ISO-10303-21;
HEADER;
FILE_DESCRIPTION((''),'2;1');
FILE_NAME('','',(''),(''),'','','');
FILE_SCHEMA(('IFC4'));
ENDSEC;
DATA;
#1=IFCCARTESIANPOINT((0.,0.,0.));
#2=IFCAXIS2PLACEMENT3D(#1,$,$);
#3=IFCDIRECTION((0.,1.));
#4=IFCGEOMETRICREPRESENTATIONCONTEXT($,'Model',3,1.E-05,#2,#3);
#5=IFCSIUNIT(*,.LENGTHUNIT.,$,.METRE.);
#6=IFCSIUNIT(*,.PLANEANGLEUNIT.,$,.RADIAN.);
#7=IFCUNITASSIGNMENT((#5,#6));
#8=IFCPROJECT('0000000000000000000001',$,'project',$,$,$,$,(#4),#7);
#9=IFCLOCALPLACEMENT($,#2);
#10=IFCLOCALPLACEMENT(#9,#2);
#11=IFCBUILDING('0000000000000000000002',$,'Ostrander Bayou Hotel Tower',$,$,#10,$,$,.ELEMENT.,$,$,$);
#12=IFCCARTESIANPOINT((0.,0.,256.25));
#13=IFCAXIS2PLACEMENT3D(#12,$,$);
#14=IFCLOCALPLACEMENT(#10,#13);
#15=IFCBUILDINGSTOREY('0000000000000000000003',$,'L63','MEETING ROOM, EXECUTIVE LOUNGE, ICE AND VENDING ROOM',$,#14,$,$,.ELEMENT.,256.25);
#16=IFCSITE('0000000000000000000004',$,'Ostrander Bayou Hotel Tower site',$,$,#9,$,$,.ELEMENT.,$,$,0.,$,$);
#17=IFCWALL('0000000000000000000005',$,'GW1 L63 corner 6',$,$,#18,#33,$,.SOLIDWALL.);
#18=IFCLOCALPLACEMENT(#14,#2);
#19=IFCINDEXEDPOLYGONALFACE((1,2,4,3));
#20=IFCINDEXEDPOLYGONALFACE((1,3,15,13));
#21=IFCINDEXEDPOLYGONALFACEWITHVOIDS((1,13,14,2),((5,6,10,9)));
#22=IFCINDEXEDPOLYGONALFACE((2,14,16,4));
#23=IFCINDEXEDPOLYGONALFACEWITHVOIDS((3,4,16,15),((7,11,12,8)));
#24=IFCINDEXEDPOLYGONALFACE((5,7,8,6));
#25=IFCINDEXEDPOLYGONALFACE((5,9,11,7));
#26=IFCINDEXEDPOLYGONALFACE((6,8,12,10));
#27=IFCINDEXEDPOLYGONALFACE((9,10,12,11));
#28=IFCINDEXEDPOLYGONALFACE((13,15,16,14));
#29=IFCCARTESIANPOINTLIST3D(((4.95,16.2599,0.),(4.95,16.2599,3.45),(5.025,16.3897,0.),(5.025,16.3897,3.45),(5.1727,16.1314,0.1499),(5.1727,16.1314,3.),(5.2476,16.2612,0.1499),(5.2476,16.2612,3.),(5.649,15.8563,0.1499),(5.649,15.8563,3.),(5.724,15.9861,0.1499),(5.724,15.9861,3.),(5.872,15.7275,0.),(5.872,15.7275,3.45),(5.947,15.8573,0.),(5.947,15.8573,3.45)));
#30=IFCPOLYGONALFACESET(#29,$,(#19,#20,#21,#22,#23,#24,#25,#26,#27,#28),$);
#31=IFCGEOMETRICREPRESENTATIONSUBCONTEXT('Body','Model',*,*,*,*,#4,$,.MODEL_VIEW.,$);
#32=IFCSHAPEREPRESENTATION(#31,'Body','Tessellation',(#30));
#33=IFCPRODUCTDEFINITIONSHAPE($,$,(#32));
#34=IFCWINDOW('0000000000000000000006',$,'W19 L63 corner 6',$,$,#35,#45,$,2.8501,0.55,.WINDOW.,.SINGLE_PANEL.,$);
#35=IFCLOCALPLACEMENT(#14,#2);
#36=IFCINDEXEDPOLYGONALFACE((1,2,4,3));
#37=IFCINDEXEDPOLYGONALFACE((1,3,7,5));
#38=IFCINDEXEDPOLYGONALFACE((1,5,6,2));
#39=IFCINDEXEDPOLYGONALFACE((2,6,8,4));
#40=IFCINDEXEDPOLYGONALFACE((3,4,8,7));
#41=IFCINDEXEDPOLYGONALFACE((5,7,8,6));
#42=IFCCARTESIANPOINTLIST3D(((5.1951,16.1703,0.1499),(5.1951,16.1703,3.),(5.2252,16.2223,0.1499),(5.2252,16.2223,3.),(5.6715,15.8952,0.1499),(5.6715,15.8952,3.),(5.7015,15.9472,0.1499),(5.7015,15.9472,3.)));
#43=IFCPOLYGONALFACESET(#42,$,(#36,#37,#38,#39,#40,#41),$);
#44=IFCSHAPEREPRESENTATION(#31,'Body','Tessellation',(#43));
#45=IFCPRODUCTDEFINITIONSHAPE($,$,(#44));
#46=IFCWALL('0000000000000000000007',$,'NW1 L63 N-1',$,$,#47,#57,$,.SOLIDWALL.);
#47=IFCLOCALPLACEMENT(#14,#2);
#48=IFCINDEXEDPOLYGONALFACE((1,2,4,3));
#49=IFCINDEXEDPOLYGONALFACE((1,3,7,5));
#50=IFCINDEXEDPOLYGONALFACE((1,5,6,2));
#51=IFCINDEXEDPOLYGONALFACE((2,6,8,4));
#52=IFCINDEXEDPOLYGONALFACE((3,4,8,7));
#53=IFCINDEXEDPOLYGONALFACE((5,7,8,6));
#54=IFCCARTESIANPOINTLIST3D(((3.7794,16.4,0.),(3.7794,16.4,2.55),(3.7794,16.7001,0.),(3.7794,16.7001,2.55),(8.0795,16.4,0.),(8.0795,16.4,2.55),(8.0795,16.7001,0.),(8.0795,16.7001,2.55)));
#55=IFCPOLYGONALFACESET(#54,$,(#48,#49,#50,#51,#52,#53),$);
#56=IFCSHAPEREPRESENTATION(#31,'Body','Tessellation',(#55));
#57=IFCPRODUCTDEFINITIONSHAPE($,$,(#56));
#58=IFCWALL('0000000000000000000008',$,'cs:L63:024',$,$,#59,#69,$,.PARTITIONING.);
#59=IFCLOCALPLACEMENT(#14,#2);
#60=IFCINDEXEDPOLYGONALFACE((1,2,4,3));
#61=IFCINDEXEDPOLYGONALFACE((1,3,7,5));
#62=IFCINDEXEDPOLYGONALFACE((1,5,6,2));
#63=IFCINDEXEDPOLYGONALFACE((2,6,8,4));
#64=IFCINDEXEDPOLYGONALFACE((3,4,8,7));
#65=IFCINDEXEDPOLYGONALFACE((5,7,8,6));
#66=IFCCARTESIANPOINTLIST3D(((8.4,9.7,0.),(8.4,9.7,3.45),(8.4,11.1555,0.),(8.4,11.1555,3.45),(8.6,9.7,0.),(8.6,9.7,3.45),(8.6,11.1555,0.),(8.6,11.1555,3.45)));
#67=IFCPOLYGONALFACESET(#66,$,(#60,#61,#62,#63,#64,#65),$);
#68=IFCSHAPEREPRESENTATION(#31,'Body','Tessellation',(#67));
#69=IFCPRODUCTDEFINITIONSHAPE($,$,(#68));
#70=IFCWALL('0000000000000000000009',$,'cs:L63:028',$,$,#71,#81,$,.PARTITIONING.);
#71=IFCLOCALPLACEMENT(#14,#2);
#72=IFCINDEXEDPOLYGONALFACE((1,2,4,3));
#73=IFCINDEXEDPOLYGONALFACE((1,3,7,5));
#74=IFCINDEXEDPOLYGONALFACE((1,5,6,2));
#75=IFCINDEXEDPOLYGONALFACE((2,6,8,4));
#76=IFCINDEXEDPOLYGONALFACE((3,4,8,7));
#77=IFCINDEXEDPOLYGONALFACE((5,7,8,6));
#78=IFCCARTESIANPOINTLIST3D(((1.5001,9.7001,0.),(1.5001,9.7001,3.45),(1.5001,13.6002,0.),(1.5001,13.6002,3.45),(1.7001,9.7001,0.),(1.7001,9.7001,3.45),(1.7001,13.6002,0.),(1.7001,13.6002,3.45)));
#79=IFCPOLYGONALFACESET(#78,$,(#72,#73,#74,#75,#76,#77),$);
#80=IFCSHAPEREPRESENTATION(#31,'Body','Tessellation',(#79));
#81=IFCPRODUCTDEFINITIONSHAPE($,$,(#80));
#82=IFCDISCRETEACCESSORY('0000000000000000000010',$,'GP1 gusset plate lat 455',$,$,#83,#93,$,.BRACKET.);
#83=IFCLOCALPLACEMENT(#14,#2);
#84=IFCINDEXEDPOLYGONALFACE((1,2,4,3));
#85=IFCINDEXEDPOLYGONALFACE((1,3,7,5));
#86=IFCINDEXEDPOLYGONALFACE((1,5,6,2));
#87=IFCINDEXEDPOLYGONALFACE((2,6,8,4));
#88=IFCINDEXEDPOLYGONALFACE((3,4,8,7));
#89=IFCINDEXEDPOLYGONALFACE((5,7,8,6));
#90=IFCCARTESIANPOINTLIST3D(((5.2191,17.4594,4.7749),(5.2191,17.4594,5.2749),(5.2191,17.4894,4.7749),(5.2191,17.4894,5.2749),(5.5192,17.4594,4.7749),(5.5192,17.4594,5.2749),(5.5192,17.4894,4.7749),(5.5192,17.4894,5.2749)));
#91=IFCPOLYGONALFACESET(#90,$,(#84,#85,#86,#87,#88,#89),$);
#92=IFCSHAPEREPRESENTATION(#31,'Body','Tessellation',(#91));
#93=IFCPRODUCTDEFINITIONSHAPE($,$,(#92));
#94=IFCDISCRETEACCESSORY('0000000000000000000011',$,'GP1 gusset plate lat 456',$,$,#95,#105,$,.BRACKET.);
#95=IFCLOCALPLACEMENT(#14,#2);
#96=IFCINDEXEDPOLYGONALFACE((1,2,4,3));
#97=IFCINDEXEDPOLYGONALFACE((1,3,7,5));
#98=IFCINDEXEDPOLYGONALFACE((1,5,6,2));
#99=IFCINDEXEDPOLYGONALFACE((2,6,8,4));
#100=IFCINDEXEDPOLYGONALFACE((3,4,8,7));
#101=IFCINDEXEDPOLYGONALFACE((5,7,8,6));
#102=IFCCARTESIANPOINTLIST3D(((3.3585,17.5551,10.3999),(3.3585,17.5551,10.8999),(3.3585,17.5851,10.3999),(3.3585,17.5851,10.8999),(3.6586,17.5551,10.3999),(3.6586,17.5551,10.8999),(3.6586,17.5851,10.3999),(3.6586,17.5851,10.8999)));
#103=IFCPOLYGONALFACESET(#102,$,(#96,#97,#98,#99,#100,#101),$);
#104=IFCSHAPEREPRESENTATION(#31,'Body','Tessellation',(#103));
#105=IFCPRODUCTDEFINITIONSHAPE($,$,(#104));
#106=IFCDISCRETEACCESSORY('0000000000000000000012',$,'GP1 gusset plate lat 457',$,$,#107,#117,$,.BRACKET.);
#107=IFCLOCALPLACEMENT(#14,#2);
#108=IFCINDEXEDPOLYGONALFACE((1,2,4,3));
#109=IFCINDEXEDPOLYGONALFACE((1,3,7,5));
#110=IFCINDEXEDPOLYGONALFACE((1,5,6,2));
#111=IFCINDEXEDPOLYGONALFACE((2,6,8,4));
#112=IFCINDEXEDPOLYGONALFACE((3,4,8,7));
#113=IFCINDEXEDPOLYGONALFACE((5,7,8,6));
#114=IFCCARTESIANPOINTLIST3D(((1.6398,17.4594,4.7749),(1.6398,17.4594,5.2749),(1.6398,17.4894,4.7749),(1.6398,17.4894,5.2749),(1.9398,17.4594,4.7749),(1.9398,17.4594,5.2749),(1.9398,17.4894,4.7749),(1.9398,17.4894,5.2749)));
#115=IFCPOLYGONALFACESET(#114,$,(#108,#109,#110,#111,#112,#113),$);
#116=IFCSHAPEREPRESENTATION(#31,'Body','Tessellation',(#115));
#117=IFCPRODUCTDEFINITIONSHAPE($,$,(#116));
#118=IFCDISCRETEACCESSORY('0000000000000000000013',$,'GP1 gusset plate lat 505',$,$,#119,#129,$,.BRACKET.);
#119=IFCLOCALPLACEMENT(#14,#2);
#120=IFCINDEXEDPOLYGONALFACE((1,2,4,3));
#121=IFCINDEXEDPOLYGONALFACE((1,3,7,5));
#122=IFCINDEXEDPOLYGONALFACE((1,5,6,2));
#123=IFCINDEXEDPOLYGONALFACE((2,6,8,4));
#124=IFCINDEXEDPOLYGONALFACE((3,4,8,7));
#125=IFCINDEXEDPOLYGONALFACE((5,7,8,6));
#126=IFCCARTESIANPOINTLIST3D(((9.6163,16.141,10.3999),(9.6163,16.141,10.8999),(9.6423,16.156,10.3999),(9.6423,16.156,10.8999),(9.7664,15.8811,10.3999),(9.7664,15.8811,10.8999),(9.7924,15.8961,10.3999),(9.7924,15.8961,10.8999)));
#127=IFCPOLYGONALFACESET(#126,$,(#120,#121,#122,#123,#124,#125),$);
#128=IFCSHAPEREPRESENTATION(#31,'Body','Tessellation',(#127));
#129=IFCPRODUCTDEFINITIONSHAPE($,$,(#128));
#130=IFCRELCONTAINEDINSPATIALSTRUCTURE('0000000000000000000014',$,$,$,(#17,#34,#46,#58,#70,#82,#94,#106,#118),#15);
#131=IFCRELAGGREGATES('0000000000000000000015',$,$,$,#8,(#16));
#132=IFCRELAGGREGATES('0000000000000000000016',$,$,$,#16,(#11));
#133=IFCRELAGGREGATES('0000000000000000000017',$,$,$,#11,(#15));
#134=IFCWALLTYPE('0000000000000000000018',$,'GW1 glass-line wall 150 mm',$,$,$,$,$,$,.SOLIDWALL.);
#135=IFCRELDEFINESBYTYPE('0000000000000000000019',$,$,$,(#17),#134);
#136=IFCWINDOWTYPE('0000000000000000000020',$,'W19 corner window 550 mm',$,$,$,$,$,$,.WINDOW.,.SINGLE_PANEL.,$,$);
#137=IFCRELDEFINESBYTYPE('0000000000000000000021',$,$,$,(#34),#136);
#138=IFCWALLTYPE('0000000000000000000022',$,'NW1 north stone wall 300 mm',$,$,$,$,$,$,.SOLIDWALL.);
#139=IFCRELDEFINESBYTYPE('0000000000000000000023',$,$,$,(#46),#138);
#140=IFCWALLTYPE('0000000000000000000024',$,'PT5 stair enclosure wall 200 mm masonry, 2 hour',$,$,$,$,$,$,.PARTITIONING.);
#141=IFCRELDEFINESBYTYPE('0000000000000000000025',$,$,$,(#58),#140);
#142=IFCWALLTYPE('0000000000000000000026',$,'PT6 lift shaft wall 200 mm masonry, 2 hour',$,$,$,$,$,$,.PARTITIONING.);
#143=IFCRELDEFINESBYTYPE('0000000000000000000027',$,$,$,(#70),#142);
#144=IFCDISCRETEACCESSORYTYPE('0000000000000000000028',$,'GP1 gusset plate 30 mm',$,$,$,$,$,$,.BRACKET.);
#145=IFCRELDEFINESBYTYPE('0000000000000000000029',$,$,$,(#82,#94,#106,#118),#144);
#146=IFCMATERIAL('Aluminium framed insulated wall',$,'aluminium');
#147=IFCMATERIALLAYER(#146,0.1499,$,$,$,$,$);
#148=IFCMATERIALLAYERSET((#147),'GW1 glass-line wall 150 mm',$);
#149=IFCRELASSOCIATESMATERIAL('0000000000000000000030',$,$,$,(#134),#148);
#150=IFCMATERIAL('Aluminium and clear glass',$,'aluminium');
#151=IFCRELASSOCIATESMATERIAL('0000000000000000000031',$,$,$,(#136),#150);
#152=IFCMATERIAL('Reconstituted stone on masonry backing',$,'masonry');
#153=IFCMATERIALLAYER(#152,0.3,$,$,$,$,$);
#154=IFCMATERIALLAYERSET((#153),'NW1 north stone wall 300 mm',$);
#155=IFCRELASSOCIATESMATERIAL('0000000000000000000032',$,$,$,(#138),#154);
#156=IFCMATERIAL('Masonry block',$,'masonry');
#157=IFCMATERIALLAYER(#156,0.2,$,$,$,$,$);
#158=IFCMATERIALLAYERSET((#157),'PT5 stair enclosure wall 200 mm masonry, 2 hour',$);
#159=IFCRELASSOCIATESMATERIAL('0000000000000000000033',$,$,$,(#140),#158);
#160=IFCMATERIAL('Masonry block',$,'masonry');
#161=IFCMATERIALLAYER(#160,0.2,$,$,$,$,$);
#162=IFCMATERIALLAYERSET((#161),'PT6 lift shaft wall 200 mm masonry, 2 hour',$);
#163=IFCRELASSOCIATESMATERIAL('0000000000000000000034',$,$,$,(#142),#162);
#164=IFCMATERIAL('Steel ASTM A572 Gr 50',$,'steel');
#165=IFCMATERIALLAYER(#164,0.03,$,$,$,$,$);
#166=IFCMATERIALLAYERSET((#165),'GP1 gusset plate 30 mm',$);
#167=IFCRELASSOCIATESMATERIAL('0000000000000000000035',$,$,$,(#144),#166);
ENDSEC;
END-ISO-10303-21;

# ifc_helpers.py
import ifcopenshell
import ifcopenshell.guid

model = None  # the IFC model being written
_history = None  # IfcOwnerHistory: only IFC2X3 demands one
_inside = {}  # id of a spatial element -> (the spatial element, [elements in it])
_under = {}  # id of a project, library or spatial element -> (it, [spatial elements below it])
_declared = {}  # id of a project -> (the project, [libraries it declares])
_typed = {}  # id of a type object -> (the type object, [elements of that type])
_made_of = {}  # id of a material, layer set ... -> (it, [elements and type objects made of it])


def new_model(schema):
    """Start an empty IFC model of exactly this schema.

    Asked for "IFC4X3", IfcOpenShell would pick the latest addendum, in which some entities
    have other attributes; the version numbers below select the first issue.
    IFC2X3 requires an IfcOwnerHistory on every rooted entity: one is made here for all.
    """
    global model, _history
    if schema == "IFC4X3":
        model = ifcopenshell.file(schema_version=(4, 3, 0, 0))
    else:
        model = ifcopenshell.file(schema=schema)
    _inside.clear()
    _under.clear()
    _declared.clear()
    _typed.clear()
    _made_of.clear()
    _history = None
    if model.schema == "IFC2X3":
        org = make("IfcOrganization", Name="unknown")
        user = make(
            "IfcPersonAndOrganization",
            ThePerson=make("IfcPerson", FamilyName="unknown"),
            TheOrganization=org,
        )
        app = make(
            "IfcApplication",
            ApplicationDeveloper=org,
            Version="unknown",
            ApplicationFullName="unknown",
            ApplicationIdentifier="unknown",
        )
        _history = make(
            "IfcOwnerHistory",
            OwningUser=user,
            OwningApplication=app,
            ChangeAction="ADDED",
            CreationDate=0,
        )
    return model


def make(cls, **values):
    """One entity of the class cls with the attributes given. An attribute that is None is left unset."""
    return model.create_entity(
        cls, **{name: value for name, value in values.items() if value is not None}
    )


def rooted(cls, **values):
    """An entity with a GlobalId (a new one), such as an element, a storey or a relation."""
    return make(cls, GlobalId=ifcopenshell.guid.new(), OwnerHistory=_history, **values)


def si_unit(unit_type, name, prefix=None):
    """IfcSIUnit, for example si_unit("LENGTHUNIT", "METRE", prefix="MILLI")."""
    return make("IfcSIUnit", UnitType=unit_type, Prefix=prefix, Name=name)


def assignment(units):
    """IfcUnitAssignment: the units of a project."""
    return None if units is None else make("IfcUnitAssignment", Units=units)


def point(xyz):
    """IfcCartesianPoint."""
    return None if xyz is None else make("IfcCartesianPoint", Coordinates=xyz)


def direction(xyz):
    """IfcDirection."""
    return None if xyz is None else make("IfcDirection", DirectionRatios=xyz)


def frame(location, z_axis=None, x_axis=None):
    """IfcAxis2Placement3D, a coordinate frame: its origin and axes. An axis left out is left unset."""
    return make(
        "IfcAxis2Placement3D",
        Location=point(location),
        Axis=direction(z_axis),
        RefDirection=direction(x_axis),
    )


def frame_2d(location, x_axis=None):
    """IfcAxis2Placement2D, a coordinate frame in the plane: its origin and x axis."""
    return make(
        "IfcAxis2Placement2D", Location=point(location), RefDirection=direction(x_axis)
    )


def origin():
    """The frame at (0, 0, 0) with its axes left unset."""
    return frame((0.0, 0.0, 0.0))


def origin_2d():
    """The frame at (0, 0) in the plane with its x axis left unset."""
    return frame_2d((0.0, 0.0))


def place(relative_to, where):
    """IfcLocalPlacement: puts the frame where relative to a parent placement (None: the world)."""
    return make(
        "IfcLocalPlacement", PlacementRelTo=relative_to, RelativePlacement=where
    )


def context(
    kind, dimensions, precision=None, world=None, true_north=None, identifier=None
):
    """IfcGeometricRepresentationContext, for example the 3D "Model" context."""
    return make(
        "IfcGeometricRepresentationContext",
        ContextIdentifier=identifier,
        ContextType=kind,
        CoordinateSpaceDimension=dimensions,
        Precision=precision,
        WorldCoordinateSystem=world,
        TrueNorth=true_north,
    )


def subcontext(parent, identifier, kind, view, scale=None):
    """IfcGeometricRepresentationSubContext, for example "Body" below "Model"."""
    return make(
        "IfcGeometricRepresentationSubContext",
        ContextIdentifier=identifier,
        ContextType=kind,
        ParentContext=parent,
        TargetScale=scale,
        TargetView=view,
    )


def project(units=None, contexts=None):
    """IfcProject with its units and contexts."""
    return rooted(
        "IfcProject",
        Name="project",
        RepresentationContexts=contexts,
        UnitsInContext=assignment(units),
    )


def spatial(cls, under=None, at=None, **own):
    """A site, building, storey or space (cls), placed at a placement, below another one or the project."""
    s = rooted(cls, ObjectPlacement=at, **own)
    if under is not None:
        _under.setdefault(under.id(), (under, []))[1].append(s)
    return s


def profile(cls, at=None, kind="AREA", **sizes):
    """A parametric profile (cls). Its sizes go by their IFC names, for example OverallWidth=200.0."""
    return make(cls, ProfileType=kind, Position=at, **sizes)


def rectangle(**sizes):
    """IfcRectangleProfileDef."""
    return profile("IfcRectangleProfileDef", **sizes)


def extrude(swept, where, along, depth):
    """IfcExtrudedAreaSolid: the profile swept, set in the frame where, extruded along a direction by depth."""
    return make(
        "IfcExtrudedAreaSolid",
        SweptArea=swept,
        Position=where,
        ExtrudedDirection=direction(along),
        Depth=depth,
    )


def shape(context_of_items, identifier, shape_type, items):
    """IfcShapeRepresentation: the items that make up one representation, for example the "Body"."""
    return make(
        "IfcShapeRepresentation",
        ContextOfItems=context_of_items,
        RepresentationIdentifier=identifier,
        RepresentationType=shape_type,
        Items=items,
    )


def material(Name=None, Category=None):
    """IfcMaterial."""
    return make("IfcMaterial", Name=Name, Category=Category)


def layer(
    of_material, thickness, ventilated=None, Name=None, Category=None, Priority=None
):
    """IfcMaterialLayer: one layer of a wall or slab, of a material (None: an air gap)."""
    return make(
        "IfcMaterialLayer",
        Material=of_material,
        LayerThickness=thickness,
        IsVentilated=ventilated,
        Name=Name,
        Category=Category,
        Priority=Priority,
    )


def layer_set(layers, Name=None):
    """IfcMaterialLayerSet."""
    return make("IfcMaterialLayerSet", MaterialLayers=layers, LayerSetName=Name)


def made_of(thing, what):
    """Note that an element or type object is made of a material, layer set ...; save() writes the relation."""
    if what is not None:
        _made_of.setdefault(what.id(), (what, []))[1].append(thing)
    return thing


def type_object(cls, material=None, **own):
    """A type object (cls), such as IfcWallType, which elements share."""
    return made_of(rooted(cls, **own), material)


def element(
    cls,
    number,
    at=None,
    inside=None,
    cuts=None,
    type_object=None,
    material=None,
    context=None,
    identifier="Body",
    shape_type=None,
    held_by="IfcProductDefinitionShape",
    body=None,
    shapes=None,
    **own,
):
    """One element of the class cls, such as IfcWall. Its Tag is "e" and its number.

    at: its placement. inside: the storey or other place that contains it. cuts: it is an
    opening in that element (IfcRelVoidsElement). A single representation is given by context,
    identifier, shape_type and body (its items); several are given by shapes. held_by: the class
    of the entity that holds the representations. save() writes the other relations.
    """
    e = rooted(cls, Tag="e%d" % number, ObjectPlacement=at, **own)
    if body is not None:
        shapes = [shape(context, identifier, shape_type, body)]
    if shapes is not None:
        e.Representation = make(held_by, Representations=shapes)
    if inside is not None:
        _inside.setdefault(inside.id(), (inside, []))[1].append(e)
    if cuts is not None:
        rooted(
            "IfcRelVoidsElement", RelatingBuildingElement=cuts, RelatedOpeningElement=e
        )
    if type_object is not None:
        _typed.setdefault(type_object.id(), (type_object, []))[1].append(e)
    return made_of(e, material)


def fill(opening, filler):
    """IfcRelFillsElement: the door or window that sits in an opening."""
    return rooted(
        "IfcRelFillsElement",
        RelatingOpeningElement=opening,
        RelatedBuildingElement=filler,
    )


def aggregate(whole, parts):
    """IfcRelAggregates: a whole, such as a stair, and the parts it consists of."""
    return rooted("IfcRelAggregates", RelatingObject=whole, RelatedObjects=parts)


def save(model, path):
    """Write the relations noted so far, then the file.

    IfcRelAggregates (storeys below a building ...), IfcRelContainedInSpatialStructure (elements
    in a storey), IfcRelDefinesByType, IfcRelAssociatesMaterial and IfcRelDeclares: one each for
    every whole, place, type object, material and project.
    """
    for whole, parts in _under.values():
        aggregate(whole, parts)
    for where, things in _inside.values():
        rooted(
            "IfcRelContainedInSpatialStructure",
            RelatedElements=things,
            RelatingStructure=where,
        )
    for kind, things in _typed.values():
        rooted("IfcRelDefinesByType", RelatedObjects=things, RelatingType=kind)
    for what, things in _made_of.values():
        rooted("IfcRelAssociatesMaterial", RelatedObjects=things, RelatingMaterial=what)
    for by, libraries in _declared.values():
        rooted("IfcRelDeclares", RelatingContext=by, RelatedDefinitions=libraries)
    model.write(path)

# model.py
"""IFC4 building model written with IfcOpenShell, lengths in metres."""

from ifc_helpers import new_model, si_unit, direction, frame, frame_2d, origin, origin_2d, place, context, subcontext, project, spatial, rectangle, extrude, material, layer, layer_set, type_object, element, fill, save


model = new_model("IFC4")

# Units and contexts
model_context = context("Model", 3, precision=1e-05, world=origin(), true_north=direction((0.0, 1.0)))
body_context = subcontext(model_context, "Body", "Model", "MODEL_VIEW")
ifc_project = project(units=[si_unit("LENGTHUNIT", "METRE"), si_unit("PLANEANGLEUNIT", "RADIAN")], contexts=[model_context])

# Site, building, storey
site_placement = place(None, origin())
site = spatial("IfcSite", under=ifc_project, at=site_placement, Name="Ostrander Bayou Hotel Tower site", CompositionType="ELEMENT", RefElevation=0.0)
building_placement = place(site_placement, origin())
building = spatial("IfcBuilding", under=site, at=building_placement, Name="Ostrander Bayou Hotel Tower", CompositionType="ELEMENT")
storey_placement = place(building_placement, frame((0.0, 0.0, 256.25)))
storey = spatial("IfcBuildingStorey", under=building, at=storey_placement, Name="L63", Description="MEETING ROOM, EXECUTIVE LOUNGE, ICE AND VENDING ROOM", CompositionType="ELEMENT", Elevation=256.25)

# Wall, opening, window
ifc_material_1 = material(Name="Aluminium framed insulated wall", Category="aluminium")
ifc_layer_1 = layer(ifc_material_1, 0.1499)
ifc_layer_set_1 = layer_set([ifc_layer_1], Name="GW1 glass-line wall 150 mm")
wall_type_1 = type_object("IfcWallType", Name="GW1 glass-line wall 150 mm", PredefinedType="SOLIDWALL", material=ifc_layer_set_1)
wall_1_placement = place(storey_placement, frame((5.9094, 15.7925, 0.0), z_axis=(0.0, 0.0, 1.0), x_axis=(-0.865991, 0.50006, 0.0)))
wall_1 = element("IfcWall", 1, at=wall_1_placement, inside=storey, type_object=wall_type_1, Name="GW1 L63 corner 6", PredefinedType="SOLIDWALL", context=body_context, shape_type="SweptSolid", body=[
    extrude(rectangle(XDim=1.0647, YDim=0.1499, at=frame_2d((0.5322, 0.0))), origin(), (0.0, 0.0, 1.0), 3.45),
])
opening_1_placement = place(wall_1_placement, frame((0.2576, 0.0, 0.1499)))
opening_1 = element("IfcOpeningElement", 2, at=opening_1_placement, cuts=wall_1, PredefinedType="OPENING", context=body_context, shape_type="SweptSolid", body=[
    extrude(rectangle(XDim=0.55, YDim=2.8501, at=frame_2d((0.2749, 1.425))), frame((0.0, 0.075, 0.0), z_axis=(0.0, -1.0, 0.0), x_axis=(1.0, 0.0, 0.0)), (0.0, 0.0, 1.0), 0.1499),
])
ifc_material_2 = material(Name="Aluminium and clear glass", Category="aluminium")
window_type_1 = type_object("IfcWindowType", Name="W19 corner window 550 mm", PartitioningType="SINGLE_PANEL", PredefinedType="WINDOW", material=ifc_material_2)
window_1_placement = place(opening_1_placement, origin())
window_1 = element("IfcWindow", 3, at=window_1_placement, inside=storey, type_object=window_type_1, Name="W19 L63 corner 6", OverallHeight=2.8501, OverallWidth=0.55, PartitioningType="SINGLE_PANEL", PredefinedType="WINDOW", context=body_context, shape_type="SweptSolid", body=[
    extrude(rectangle(XDim=0.55, YDim=2.8501, at=frame_2d((0.2749, 1.425))), frame((0.0, 0.03, 0.0), z_axis=(0.0, -1.0, 0.0), x_axis=(1.0, 0.0, 0.0)), (0.0, 0.0, 1.0), 0.0601),
])
fill(opening_1, window_1)

# Wall
ifc_material_3 = material(Name="Reconstituted stone on masonry backing", Category="masonry")
ifc_layer_2 = layer(ifc_material_3, 0.3)
ifc_layer_set_2 = layer_set([ifc_layer_2], Name="NW1 north stone wall 300 mm")
wall_type_2 = type_object("IfcWallType", Name="NW1 north stone wall 300 mm", PredefinedType="SOLIDWALL", material=ifc_layer_set_2)
wall_2_placement = place(storey_placement, frame((8.0793, 16.55, 0.0), z_axis=(0.0, 0.0, 1.0), x_axis=(-1.0, 0.0, 0.0)))
element("IfcWall", 4, at=wall_2_placement, inside=storey, type_object=wall_type_2, Name="NW1 L63 N-1", PredefinedType="SOLIDWALL", context=body_context, shape_type="SweptSolid", body=[
    extrude(rectangle(XDim=4.3, YDim=0.3, at=frame_2d((2.1499, 0.0))), origin(), (0.0, 0.0, 1.0), 2.55),
])

# Wall
ifc_material_4 = material(Name="Masonry block", Category="masonry")
ifc_layer_3 = layer(ifc_material_4, 0.2)
ifc_layer_set_3 = layer_set([ifc_layer_3], Name="PT5 stair enclosure wall 200 mm masonry, 2 hour")
wall_type_3 = type_object("IfcWallType", Name="PT5 stair enclosure wall 200 mm masonry, 2 hour", PredefinedType="PARTITIONING", material=ifc_layer_set_3)
wall_3_placement = place(storey_placement, frame((8.5, 9.7, 0.0), z_axis=(0.0, 0.0, 1.0), x_axis=(0.0, 1.0, 0.0)))
element("IfcWall", 5, at=wall_3_placement, inside=storey, type_object=wall_type_3, Name="cs:L63:024", PredefinedType="PARTITIONING", context=body_context, shape_type="SweptSolid", body=[
    extrude(rectangle(XDim=1.4556, YDim=0.2, at=frame_2d((0.7278, 0.0))), origin(), (0.0, 0.0, 1.0), 3.45),
])

# Wall
ifc_material_5 = material(Name="Masonry block", Category="masonry")
ifc_layer_4 = layer(ifc_material_5, 0.2)
ifc_layer_set_4 = layer_set([ifc_layer_4], Name="PT6 lift shaft wall 200 mm masonry, 2 hour")
wall_type_4 = type_object("IfcWallType", Name="PT6 lift shaft wall 200 mm masonry, 2 hour", PredefinedType="PARTITIONING", material=ifc_layer_set_4)
wall_4_placement = place(storey_placement, frame((1.6001, 9.7, 0.0), z_axis=(0.0, 0.0, 1.0), x_axis=(0.0, 1.0, 0.0)))
element("IfcWall", 6, at=wall_4_placement, inside=storey, type_object=wall_type_4, Name="cs:L63:028", PredefinedType="PARTITIONING", context=body_context, shape_type="SweptSolid", body=[
    extrude(rectangle(XDim=3.9001, YDim=0.2, at=frame_2d((1.9502, 0.0))), origin(), (0.0, 0.0, 1.0), 3.45),
])

# Discrete accessories
ifc_material_6 = material(Name="Steel ASTM A572 Gr 50", Category="steel")
ifc_layer_5 = layer(ifc_material_6, 0.03)
ifc_layer_set_5 = layer_set([ifc_layer_5], Name="GP1 gusset plate 30 mm")
discrete_accessory_type = type_object("IfcDiscreteAccessoryType", Name="GP1 gusset plate 30 mm", PredefinedType="BRACKET", material=ifc_layer_set_5)
for number, where, z_axis, x_axis, name in (
    (7, (5.3691, 17.4744, 4.7749), (0.0, 0.0, 1.0), (-1.0, 0.0, 0.0), "GP1 gusset plate lat 455"),
    (8, (3.5085, 17.5701, 10.3999), (0.0, 0.0, 1.0), (-1.0, 0.0, 0.0), "GP1 gusset plate lat 456"),
    (9, (1.7898, 17.4744, 4.7749), (0.0, 0.0, 1.0), (-1.0, 0.0, 0.0), "GP1 gusset plate lat 457"),
    (10, (9.7043, 16.0186, 10.3999), (0.0, 0.0, 1.0), (-0.5, 0.866025, 0.0), "GP1 gusset plate lat 505"),
):
    element("IfcDiscreteAccessory", number, at=place(storey_placement, frame(where, z_axis=z_axis, x_axis=x_axis)), inside=storey, type_object=discrete_accessory_type, Name=name, PredefinedType="BRACKET", context=body_context, shape_type="SweptSolid", body=[
        extrude(rectangle(XDim=0.3, YDim=0.03, at=origin_2d()), origin(), (0.0, 0.0, 1.0), 0.5),
    ])

save(model, "model.ifc")
